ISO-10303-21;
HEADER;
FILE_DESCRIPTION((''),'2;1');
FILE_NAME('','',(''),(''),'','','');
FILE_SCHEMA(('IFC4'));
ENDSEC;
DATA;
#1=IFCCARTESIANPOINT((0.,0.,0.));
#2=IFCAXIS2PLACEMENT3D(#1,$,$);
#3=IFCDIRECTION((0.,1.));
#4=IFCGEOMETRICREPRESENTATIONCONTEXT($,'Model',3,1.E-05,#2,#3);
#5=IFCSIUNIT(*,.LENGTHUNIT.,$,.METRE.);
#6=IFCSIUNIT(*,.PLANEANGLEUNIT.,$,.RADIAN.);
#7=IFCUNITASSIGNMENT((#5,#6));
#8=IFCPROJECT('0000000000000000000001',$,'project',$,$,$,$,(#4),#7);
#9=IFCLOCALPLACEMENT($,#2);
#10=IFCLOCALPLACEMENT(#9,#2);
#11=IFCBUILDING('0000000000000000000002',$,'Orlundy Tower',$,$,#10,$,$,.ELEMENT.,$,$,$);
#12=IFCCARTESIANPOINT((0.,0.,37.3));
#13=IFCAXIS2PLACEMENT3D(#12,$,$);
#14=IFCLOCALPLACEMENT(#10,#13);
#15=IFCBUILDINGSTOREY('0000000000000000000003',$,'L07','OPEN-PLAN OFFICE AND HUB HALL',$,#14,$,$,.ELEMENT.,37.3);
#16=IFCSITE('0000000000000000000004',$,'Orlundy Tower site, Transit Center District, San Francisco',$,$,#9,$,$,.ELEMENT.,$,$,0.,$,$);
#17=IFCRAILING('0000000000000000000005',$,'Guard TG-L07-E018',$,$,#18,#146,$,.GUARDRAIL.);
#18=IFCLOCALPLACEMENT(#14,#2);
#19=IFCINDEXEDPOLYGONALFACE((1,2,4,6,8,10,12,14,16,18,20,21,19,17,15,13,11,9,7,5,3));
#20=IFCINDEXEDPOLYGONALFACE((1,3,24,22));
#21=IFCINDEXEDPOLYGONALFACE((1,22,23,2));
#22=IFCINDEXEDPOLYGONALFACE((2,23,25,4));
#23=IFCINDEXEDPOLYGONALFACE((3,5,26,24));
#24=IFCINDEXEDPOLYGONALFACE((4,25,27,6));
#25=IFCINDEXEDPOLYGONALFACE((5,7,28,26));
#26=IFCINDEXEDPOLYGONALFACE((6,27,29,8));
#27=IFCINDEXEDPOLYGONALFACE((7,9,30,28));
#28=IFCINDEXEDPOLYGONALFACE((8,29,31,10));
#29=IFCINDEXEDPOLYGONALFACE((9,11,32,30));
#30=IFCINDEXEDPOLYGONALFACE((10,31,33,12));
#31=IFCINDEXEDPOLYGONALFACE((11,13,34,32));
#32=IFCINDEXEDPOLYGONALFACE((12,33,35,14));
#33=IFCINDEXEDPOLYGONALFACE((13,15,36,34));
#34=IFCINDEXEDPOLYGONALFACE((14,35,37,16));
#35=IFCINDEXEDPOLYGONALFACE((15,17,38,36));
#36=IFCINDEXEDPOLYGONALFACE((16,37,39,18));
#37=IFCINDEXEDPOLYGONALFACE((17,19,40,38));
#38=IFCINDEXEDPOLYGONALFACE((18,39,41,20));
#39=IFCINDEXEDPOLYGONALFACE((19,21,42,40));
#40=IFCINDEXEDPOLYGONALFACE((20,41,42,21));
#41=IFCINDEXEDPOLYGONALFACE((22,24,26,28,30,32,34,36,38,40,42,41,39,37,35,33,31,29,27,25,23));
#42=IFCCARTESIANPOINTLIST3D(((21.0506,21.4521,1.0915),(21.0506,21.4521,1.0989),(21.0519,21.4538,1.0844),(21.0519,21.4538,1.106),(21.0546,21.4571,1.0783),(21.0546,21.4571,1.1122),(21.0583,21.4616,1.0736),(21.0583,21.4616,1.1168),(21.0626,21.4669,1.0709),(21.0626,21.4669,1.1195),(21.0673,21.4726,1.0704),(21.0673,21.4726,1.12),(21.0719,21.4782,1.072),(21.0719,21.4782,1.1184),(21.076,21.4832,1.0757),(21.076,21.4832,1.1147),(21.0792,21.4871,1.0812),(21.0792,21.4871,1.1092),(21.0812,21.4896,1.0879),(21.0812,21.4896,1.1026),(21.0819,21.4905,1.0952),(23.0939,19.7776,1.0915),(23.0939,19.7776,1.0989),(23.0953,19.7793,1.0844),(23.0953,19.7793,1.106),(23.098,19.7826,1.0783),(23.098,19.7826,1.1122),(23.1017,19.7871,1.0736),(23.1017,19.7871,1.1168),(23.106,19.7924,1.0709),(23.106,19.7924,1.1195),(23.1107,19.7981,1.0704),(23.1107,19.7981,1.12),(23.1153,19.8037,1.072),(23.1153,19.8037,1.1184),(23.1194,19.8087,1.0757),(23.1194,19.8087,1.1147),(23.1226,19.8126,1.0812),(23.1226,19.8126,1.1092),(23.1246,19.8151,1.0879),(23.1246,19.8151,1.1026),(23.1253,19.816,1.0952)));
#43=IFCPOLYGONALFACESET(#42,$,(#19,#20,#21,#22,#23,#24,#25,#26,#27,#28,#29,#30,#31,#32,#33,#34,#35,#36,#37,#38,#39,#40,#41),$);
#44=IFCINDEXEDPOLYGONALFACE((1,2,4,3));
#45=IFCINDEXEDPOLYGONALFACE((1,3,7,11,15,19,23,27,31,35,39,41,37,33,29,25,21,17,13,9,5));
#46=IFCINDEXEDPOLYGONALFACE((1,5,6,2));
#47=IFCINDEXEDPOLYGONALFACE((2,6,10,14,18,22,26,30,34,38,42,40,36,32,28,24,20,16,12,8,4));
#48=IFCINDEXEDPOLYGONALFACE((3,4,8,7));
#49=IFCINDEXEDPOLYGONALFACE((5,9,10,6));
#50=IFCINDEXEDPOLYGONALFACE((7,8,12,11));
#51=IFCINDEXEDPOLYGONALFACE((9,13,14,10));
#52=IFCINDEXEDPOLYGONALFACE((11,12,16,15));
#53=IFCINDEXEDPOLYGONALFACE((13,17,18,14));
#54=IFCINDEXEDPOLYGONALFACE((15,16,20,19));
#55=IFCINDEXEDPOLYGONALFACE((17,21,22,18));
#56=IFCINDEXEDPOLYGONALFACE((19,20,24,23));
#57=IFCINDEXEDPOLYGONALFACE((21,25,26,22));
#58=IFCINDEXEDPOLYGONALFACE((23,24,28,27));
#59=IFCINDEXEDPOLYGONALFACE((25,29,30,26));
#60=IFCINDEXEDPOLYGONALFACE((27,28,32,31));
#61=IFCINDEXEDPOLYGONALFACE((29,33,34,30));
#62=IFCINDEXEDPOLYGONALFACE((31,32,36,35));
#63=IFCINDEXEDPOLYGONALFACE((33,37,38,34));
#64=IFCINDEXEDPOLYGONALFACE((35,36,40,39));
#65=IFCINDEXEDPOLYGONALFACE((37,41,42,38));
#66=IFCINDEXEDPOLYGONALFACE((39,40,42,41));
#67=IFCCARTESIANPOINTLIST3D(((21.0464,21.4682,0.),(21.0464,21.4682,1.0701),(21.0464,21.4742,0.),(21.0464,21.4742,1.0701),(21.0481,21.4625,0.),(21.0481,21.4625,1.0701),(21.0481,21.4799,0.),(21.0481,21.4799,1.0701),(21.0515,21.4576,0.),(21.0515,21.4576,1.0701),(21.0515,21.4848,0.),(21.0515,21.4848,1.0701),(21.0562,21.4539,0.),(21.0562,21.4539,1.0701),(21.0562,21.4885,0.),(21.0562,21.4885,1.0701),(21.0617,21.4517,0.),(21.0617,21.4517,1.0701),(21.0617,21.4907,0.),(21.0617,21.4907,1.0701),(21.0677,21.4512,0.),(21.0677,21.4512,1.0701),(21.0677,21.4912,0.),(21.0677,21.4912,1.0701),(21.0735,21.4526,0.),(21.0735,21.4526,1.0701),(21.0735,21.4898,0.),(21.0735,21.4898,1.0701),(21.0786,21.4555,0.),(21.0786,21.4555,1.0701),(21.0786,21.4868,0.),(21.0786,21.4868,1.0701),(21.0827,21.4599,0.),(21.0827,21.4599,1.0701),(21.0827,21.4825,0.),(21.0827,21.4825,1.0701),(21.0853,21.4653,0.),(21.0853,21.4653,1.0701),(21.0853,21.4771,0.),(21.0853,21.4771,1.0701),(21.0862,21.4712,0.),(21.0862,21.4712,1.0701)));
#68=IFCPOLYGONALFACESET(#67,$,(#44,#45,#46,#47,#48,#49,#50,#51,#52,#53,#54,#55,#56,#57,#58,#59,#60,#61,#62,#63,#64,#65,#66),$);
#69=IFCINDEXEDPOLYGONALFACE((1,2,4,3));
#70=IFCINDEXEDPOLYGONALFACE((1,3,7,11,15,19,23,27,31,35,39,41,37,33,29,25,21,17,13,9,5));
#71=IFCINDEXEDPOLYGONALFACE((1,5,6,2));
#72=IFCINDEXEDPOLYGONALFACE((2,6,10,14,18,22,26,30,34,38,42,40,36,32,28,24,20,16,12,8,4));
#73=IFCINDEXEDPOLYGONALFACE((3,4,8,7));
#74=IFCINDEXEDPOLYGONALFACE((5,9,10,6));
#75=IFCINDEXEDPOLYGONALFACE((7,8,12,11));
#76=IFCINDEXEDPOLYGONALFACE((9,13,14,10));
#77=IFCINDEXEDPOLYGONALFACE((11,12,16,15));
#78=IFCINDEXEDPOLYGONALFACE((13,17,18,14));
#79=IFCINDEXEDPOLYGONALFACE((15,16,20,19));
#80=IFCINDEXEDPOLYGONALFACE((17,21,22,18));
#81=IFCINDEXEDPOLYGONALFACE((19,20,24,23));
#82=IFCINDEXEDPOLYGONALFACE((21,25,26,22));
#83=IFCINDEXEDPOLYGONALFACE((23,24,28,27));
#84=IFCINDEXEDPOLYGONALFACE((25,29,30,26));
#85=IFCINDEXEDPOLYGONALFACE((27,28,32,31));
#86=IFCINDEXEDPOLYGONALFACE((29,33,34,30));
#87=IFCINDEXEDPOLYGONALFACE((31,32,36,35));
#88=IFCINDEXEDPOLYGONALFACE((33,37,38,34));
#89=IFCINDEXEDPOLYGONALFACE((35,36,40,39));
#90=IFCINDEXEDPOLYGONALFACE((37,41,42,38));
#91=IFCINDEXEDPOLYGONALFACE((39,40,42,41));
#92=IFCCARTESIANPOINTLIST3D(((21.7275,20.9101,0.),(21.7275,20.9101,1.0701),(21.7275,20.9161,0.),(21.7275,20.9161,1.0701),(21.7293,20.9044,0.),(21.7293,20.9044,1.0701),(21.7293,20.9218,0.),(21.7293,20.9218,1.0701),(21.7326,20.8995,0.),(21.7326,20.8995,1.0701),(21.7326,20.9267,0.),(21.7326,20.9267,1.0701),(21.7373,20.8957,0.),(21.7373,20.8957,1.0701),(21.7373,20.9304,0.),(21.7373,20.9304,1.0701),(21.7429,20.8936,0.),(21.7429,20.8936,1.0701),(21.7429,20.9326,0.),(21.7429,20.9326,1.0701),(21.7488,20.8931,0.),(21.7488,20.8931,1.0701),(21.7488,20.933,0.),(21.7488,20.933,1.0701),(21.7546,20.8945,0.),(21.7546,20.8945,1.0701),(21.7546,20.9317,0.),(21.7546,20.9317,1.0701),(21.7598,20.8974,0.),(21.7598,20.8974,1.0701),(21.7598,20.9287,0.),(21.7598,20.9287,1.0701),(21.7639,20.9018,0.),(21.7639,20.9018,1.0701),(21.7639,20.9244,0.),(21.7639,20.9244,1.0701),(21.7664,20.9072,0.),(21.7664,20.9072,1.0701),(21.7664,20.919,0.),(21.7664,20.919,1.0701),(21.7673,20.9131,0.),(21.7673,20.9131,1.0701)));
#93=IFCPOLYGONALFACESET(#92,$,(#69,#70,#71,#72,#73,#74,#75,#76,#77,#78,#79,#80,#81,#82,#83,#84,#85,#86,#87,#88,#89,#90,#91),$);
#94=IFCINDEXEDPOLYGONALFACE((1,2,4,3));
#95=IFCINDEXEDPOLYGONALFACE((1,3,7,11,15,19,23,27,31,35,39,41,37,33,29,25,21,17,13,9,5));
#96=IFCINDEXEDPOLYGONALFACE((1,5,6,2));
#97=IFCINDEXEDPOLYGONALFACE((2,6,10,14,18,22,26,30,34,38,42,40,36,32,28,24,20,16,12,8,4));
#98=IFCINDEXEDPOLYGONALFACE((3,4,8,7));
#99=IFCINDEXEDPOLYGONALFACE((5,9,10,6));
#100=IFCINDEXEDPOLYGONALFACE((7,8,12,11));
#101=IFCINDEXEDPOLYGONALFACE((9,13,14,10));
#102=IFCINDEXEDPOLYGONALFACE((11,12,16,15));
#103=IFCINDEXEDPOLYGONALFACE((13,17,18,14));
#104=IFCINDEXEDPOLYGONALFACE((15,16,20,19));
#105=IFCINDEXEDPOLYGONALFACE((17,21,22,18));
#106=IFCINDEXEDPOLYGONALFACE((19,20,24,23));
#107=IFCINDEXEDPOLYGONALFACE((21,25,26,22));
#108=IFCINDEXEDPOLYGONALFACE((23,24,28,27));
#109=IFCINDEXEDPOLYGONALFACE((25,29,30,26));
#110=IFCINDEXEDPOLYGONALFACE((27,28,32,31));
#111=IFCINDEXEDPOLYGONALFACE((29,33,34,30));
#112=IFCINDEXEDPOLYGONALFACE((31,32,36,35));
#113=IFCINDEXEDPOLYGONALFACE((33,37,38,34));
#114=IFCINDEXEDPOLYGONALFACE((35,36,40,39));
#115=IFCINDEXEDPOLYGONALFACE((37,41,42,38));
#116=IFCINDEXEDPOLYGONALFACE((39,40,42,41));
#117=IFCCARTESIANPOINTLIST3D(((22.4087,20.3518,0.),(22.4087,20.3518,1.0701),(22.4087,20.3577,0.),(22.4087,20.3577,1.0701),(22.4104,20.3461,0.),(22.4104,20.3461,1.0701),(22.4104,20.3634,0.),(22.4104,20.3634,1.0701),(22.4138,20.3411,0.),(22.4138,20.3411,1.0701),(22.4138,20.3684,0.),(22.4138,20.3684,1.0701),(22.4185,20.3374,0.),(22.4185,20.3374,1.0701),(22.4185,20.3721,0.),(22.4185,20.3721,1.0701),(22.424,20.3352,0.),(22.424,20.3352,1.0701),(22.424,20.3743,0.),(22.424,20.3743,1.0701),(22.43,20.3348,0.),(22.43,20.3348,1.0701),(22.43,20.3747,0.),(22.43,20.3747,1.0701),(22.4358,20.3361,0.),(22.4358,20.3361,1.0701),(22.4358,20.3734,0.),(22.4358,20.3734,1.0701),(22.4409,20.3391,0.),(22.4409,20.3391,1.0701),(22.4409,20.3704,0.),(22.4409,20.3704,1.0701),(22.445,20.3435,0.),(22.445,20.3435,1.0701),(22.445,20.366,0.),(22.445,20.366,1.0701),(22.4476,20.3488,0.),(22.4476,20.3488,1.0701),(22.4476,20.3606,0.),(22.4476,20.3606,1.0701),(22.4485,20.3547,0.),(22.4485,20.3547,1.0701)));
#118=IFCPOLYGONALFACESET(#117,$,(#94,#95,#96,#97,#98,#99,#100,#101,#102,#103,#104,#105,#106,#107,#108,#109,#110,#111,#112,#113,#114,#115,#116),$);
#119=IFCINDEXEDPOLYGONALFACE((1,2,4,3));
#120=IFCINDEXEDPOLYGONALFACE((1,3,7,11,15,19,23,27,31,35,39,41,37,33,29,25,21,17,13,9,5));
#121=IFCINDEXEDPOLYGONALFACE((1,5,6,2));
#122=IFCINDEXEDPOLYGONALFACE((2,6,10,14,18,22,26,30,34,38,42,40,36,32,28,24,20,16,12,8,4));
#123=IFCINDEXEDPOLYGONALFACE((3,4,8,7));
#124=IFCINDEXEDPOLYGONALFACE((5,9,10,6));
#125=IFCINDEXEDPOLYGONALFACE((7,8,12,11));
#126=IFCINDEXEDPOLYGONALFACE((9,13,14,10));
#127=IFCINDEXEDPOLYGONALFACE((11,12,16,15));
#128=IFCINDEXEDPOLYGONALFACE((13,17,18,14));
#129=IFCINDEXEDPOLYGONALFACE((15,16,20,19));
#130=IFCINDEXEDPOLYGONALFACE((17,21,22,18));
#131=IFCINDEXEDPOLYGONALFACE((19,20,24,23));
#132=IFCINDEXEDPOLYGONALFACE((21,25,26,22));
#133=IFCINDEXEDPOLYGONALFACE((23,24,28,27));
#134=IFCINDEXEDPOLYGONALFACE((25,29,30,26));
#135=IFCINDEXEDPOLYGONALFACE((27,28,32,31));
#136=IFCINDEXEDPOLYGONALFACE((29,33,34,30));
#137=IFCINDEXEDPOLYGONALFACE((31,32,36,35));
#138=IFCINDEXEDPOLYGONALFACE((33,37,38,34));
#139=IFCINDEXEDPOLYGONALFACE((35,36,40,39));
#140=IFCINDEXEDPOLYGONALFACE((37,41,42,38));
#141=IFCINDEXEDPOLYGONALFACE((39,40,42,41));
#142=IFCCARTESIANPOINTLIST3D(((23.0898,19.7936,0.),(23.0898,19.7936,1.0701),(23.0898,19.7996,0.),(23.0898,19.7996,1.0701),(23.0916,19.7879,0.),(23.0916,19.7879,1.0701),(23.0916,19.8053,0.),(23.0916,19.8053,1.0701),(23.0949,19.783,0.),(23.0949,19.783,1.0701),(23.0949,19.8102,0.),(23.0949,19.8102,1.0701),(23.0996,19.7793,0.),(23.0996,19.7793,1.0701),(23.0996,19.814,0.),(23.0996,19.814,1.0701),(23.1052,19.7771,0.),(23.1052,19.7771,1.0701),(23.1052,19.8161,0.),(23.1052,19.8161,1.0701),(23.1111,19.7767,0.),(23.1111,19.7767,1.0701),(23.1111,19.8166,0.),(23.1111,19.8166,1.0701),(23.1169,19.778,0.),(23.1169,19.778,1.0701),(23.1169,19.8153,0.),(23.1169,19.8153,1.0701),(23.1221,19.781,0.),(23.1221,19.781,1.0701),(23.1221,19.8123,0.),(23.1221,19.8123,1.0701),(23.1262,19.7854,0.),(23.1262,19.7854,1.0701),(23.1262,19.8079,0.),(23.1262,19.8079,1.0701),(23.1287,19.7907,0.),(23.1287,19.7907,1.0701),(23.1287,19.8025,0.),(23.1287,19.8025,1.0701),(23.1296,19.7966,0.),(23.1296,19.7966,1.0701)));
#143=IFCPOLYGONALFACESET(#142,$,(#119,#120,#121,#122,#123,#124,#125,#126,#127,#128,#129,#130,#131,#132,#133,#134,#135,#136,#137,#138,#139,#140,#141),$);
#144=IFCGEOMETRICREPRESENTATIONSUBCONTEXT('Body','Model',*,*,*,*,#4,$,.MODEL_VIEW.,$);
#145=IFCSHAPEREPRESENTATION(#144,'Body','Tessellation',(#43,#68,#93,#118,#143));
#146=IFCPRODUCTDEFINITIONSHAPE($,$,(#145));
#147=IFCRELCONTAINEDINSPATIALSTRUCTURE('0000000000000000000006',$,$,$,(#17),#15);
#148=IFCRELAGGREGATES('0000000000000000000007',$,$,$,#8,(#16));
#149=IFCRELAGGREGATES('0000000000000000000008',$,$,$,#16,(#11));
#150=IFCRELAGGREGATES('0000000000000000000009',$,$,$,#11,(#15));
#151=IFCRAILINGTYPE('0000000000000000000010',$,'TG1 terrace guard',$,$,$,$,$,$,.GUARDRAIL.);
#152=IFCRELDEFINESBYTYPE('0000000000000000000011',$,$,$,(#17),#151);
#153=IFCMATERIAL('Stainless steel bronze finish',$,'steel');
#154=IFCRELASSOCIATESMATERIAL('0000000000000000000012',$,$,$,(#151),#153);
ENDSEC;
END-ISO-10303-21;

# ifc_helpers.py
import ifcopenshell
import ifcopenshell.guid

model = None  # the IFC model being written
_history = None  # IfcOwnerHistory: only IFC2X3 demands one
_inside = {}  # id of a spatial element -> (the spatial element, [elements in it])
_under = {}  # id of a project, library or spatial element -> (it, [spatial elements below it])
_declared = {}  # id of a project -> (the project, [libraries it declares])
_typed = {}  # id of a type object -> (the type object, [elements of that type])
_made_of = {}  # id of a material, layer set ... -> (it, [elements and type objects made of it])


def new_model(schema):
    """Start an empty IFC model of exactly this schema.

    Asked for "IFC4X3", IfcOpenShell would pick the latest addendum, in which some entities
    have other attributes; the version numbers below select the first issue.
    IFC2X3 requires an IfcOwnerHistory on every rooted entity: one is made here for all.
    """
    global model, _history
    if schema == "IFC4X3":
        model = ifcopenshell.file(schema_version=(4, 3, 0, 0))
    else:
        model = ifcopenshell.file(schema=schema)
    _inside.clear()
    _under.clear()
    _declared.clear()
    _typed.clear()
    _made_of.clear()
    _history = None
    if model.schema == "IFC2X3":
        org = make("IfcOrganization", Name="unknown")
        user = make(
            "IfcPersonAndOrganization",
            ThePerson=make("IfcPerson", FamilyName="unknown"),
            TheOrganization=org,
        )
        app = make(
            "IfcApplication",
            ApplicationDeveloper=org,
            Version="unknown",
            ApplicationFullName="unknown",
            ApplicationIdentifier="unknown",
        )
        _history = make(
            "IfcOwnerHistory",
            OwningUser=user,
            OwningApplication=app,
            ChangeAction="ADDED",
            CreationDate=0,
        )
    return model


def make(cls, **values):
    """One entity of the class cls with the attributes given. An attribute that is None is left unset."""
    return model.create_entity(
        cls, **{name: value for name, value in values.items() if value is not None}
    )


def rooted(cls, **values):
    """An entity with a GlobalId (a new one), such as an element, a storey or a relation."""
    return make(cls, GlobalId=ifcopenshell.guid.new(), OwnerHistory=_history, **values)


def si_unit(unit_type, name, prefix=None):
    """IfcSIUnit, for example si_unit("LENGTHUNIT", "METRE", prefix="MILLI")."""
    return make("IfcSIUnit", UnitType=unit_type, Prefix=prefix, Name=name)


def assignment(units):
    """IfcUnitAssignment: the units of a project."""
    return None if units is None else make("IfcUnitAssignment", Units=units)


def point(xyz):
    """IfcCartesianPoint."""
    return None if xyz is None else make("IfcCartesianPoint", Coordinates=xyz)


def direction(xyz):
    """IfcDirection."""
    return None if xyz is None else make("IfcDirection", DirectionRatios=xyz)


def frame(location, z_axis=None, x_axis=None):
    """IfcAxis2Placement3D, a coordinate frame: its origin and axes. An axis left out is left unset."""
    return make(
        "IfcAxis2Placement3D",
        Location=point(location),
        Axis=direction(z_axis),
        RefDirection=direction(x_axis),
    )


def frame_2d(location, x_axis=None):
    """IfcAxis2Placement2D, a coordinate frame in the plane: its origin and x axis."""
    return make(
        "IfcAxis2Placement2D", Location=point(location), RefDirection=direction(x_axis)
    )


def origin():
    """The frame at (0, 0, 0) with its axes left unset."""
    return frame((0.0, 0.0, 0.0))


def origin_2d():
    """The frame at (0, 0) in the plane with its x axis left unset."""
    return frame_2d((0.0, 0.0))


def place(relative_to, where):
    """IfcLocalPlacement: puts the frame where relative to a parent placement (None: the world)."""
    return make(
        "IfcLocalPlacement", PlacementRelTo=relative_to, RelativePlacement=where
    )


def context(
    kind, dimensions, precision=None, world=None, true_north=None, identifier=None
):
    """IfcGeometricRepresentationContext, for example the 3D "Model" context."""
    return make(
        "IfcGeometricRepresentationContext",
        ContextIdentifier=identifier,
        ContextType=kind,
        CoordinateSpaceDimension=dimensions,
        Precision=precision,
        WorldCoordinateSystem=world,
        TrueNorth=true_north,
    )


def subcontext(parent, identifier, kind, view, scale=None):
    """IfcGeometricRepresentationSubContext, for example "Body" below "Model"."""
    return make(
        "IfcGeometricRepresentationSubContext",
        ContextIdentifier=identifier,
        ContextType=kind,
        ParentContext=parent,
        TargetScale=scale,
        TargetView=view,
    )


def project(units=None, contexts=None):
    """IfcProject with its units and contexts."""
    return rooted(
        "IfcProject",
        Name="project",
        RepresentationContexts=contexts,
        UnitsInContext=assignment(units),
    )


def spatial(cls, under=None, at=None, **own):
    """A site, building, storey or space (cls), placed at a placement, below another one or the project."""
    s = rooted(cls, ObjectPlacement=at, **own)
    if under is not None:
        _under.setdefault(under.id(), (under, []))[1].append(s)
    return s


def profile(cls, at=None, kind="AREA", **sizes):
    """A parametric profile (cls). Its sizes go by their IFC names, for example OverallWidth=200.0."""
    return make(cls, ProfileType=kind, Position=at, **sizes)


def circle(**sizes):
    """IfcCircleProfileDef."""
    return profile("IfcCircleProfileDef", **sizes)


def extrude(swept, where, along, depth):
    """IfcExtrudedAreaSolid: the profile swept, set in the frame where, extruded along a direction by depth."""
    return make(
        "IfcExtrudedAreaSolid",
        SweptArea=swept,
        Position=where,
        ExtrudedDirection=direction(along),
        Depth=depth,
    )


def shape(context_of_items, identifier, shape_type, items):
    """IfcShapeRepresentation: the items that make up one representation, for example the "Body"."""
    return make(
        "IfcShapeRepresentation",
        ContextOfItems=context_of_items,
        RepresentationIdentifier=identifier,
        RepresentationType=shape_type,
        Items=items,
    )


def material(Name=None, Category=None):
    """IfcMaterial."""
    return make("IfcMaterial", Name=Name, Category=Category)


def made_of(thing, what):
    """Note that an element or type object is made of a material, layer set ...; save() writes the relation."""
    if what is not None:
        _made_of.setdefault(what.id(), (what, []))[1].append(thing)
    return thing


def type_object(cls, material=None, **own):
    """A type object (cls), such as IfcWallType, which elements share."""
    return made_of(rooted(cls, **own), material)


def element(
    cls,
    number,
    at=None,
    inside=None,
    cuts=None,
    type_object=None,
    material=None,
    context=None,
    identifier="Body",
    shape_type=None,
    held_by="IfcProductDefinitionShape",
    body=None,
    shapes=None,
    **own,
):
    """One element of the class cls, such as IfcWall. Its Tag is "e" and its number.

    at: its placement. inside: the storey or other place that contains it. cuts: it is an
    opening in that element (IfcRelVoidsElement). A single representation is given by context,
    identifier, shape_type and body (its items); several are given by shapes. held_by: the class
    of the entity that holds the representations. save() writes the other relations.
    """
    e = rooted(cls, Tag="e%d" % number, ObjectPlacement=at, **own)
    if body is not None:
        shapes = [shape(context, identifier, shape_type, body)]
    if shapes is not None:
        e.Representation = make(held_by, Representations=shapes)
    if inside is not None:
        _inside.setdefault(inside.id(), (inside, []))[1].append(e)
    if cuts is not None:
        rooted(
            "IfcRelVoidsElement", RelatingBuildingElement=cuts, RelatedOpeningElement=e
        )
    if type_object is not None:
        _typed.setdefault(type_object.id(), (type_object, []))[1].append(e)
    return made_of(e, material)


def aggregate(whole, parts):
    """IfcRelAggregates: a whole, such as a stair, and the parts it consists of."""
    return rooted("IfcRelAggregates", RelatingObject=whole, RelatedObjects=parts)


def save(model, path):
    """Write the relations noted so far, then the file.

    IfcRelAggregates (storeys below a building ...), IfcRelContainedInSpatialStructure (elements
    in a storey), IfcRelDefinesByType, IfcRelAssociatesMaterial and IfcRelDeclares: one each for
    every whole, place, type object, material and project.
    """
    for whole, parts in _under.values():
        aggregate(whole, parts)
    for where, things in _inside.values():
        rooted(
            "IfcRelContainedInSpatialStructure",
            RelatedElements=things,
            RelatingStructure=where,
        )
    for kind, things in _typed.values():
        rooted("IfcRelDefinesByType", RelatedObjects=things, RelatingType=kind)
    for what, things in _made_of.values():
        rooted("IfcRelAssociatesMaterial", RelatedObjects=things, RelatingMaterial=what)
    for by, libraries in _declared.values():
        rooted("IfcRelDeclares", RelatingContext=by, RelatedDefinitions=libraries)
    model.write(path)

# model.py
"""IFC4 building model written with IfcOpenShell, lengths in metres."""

from ifc_helpers import new_model, si_unit, direction, frame, origin, origin_2d, place, context, subcontext, project, spatial, circle, extrude, material, type_object, element, save


model = new_model("IFC4")

# Units and contexts
model_context = context("Model", 3, precision=1e-05, world=origin(), true_north=direction((0.0, 1.0)))
body_context = subcontext(model_context, "Body", "Model", "MODEL_VIEW")
ifc_project = project(units=[si_unit("LENGTHUNIT", "METRE"), si_unit("PLANEANGLEUNIT", "RADIAN")], contexts=[model_context])

# Site, building, storey
site_placement = place(None, origin())
site = spatial("IfcSite", under=ifc_project, at=site_placement, Name="Orlundy Tower site, Transit Center District, San Francisco", CompositionType="ELEMENT", RefElevation=0.0)
building_placement = place(site_placement, origin())
building = spatial("IfcBuilding", under=site, at=building_placement, Name="Orlundy Tower", CompositionType="ELEMENT")
storey_placement = place(building_placement, frame((0.0, 0.0, 37.3)))
storey = spatial("IfcBuildingStorey", under=building, at=storey_placement, Name="L07", Description="OPEN-PLAN OFFICE AND HUB HALL", CompositionType="ELEMENT", Elevation=37.3)

# Railing
ifc_material_1 = material(Name="Stainless steel bronze finish", Category="steel")
railing_type_1 = type_object("IfcRailingType", Name="TG1 terrace guard", PredefinedType="GUARDRAIL", material=ifc_material_1)
railing_1_placement = place(storey_placement, frame((21.0662, 21.4712, 0.0)))
element("IfcRailing", 1, at=railing_1_placement, inside=storey, type_object=railing_type_1, Name="Guard TG-L07-E018", PredefinedType="GUARDRAIL", context=body_context, shape_type="SweptSolid", body=[
    extrude(circle(Radius=0.0249, at=origin_2d()), frame((0.0, 0.0, 1.0952), z_axis=(0.773467, -0.633836, 0.0), x_axis=(0.633836, 0.773467, 0.0)), (0.0, 0.0, 1.0), 2.6418),
    extrude(circle(Radius=0.02, at=origin_2d()), origin(), (0.0, 0.0, 1.0), 1.0701),
    extrude(circle(Radius=0.02, at=origin_2d()), frame((0.6812, -0.5581, 0.0)), (0.0, 0.0, 1.0), 1.0701),
    extrude(circle(Radius=0.02, at=origin_2d()), frame((1.3623, -1.1165, 0.0)), (0.0, 0.0, 1.0), 1.0701),
    extrude(circle(Radius=0.02, at=origin_2d()), frame((2.0435, -1.6746, 0.0)), (0.0, 0.0, 1.0), 1.0701),
])

save(model, "model.ifc")
